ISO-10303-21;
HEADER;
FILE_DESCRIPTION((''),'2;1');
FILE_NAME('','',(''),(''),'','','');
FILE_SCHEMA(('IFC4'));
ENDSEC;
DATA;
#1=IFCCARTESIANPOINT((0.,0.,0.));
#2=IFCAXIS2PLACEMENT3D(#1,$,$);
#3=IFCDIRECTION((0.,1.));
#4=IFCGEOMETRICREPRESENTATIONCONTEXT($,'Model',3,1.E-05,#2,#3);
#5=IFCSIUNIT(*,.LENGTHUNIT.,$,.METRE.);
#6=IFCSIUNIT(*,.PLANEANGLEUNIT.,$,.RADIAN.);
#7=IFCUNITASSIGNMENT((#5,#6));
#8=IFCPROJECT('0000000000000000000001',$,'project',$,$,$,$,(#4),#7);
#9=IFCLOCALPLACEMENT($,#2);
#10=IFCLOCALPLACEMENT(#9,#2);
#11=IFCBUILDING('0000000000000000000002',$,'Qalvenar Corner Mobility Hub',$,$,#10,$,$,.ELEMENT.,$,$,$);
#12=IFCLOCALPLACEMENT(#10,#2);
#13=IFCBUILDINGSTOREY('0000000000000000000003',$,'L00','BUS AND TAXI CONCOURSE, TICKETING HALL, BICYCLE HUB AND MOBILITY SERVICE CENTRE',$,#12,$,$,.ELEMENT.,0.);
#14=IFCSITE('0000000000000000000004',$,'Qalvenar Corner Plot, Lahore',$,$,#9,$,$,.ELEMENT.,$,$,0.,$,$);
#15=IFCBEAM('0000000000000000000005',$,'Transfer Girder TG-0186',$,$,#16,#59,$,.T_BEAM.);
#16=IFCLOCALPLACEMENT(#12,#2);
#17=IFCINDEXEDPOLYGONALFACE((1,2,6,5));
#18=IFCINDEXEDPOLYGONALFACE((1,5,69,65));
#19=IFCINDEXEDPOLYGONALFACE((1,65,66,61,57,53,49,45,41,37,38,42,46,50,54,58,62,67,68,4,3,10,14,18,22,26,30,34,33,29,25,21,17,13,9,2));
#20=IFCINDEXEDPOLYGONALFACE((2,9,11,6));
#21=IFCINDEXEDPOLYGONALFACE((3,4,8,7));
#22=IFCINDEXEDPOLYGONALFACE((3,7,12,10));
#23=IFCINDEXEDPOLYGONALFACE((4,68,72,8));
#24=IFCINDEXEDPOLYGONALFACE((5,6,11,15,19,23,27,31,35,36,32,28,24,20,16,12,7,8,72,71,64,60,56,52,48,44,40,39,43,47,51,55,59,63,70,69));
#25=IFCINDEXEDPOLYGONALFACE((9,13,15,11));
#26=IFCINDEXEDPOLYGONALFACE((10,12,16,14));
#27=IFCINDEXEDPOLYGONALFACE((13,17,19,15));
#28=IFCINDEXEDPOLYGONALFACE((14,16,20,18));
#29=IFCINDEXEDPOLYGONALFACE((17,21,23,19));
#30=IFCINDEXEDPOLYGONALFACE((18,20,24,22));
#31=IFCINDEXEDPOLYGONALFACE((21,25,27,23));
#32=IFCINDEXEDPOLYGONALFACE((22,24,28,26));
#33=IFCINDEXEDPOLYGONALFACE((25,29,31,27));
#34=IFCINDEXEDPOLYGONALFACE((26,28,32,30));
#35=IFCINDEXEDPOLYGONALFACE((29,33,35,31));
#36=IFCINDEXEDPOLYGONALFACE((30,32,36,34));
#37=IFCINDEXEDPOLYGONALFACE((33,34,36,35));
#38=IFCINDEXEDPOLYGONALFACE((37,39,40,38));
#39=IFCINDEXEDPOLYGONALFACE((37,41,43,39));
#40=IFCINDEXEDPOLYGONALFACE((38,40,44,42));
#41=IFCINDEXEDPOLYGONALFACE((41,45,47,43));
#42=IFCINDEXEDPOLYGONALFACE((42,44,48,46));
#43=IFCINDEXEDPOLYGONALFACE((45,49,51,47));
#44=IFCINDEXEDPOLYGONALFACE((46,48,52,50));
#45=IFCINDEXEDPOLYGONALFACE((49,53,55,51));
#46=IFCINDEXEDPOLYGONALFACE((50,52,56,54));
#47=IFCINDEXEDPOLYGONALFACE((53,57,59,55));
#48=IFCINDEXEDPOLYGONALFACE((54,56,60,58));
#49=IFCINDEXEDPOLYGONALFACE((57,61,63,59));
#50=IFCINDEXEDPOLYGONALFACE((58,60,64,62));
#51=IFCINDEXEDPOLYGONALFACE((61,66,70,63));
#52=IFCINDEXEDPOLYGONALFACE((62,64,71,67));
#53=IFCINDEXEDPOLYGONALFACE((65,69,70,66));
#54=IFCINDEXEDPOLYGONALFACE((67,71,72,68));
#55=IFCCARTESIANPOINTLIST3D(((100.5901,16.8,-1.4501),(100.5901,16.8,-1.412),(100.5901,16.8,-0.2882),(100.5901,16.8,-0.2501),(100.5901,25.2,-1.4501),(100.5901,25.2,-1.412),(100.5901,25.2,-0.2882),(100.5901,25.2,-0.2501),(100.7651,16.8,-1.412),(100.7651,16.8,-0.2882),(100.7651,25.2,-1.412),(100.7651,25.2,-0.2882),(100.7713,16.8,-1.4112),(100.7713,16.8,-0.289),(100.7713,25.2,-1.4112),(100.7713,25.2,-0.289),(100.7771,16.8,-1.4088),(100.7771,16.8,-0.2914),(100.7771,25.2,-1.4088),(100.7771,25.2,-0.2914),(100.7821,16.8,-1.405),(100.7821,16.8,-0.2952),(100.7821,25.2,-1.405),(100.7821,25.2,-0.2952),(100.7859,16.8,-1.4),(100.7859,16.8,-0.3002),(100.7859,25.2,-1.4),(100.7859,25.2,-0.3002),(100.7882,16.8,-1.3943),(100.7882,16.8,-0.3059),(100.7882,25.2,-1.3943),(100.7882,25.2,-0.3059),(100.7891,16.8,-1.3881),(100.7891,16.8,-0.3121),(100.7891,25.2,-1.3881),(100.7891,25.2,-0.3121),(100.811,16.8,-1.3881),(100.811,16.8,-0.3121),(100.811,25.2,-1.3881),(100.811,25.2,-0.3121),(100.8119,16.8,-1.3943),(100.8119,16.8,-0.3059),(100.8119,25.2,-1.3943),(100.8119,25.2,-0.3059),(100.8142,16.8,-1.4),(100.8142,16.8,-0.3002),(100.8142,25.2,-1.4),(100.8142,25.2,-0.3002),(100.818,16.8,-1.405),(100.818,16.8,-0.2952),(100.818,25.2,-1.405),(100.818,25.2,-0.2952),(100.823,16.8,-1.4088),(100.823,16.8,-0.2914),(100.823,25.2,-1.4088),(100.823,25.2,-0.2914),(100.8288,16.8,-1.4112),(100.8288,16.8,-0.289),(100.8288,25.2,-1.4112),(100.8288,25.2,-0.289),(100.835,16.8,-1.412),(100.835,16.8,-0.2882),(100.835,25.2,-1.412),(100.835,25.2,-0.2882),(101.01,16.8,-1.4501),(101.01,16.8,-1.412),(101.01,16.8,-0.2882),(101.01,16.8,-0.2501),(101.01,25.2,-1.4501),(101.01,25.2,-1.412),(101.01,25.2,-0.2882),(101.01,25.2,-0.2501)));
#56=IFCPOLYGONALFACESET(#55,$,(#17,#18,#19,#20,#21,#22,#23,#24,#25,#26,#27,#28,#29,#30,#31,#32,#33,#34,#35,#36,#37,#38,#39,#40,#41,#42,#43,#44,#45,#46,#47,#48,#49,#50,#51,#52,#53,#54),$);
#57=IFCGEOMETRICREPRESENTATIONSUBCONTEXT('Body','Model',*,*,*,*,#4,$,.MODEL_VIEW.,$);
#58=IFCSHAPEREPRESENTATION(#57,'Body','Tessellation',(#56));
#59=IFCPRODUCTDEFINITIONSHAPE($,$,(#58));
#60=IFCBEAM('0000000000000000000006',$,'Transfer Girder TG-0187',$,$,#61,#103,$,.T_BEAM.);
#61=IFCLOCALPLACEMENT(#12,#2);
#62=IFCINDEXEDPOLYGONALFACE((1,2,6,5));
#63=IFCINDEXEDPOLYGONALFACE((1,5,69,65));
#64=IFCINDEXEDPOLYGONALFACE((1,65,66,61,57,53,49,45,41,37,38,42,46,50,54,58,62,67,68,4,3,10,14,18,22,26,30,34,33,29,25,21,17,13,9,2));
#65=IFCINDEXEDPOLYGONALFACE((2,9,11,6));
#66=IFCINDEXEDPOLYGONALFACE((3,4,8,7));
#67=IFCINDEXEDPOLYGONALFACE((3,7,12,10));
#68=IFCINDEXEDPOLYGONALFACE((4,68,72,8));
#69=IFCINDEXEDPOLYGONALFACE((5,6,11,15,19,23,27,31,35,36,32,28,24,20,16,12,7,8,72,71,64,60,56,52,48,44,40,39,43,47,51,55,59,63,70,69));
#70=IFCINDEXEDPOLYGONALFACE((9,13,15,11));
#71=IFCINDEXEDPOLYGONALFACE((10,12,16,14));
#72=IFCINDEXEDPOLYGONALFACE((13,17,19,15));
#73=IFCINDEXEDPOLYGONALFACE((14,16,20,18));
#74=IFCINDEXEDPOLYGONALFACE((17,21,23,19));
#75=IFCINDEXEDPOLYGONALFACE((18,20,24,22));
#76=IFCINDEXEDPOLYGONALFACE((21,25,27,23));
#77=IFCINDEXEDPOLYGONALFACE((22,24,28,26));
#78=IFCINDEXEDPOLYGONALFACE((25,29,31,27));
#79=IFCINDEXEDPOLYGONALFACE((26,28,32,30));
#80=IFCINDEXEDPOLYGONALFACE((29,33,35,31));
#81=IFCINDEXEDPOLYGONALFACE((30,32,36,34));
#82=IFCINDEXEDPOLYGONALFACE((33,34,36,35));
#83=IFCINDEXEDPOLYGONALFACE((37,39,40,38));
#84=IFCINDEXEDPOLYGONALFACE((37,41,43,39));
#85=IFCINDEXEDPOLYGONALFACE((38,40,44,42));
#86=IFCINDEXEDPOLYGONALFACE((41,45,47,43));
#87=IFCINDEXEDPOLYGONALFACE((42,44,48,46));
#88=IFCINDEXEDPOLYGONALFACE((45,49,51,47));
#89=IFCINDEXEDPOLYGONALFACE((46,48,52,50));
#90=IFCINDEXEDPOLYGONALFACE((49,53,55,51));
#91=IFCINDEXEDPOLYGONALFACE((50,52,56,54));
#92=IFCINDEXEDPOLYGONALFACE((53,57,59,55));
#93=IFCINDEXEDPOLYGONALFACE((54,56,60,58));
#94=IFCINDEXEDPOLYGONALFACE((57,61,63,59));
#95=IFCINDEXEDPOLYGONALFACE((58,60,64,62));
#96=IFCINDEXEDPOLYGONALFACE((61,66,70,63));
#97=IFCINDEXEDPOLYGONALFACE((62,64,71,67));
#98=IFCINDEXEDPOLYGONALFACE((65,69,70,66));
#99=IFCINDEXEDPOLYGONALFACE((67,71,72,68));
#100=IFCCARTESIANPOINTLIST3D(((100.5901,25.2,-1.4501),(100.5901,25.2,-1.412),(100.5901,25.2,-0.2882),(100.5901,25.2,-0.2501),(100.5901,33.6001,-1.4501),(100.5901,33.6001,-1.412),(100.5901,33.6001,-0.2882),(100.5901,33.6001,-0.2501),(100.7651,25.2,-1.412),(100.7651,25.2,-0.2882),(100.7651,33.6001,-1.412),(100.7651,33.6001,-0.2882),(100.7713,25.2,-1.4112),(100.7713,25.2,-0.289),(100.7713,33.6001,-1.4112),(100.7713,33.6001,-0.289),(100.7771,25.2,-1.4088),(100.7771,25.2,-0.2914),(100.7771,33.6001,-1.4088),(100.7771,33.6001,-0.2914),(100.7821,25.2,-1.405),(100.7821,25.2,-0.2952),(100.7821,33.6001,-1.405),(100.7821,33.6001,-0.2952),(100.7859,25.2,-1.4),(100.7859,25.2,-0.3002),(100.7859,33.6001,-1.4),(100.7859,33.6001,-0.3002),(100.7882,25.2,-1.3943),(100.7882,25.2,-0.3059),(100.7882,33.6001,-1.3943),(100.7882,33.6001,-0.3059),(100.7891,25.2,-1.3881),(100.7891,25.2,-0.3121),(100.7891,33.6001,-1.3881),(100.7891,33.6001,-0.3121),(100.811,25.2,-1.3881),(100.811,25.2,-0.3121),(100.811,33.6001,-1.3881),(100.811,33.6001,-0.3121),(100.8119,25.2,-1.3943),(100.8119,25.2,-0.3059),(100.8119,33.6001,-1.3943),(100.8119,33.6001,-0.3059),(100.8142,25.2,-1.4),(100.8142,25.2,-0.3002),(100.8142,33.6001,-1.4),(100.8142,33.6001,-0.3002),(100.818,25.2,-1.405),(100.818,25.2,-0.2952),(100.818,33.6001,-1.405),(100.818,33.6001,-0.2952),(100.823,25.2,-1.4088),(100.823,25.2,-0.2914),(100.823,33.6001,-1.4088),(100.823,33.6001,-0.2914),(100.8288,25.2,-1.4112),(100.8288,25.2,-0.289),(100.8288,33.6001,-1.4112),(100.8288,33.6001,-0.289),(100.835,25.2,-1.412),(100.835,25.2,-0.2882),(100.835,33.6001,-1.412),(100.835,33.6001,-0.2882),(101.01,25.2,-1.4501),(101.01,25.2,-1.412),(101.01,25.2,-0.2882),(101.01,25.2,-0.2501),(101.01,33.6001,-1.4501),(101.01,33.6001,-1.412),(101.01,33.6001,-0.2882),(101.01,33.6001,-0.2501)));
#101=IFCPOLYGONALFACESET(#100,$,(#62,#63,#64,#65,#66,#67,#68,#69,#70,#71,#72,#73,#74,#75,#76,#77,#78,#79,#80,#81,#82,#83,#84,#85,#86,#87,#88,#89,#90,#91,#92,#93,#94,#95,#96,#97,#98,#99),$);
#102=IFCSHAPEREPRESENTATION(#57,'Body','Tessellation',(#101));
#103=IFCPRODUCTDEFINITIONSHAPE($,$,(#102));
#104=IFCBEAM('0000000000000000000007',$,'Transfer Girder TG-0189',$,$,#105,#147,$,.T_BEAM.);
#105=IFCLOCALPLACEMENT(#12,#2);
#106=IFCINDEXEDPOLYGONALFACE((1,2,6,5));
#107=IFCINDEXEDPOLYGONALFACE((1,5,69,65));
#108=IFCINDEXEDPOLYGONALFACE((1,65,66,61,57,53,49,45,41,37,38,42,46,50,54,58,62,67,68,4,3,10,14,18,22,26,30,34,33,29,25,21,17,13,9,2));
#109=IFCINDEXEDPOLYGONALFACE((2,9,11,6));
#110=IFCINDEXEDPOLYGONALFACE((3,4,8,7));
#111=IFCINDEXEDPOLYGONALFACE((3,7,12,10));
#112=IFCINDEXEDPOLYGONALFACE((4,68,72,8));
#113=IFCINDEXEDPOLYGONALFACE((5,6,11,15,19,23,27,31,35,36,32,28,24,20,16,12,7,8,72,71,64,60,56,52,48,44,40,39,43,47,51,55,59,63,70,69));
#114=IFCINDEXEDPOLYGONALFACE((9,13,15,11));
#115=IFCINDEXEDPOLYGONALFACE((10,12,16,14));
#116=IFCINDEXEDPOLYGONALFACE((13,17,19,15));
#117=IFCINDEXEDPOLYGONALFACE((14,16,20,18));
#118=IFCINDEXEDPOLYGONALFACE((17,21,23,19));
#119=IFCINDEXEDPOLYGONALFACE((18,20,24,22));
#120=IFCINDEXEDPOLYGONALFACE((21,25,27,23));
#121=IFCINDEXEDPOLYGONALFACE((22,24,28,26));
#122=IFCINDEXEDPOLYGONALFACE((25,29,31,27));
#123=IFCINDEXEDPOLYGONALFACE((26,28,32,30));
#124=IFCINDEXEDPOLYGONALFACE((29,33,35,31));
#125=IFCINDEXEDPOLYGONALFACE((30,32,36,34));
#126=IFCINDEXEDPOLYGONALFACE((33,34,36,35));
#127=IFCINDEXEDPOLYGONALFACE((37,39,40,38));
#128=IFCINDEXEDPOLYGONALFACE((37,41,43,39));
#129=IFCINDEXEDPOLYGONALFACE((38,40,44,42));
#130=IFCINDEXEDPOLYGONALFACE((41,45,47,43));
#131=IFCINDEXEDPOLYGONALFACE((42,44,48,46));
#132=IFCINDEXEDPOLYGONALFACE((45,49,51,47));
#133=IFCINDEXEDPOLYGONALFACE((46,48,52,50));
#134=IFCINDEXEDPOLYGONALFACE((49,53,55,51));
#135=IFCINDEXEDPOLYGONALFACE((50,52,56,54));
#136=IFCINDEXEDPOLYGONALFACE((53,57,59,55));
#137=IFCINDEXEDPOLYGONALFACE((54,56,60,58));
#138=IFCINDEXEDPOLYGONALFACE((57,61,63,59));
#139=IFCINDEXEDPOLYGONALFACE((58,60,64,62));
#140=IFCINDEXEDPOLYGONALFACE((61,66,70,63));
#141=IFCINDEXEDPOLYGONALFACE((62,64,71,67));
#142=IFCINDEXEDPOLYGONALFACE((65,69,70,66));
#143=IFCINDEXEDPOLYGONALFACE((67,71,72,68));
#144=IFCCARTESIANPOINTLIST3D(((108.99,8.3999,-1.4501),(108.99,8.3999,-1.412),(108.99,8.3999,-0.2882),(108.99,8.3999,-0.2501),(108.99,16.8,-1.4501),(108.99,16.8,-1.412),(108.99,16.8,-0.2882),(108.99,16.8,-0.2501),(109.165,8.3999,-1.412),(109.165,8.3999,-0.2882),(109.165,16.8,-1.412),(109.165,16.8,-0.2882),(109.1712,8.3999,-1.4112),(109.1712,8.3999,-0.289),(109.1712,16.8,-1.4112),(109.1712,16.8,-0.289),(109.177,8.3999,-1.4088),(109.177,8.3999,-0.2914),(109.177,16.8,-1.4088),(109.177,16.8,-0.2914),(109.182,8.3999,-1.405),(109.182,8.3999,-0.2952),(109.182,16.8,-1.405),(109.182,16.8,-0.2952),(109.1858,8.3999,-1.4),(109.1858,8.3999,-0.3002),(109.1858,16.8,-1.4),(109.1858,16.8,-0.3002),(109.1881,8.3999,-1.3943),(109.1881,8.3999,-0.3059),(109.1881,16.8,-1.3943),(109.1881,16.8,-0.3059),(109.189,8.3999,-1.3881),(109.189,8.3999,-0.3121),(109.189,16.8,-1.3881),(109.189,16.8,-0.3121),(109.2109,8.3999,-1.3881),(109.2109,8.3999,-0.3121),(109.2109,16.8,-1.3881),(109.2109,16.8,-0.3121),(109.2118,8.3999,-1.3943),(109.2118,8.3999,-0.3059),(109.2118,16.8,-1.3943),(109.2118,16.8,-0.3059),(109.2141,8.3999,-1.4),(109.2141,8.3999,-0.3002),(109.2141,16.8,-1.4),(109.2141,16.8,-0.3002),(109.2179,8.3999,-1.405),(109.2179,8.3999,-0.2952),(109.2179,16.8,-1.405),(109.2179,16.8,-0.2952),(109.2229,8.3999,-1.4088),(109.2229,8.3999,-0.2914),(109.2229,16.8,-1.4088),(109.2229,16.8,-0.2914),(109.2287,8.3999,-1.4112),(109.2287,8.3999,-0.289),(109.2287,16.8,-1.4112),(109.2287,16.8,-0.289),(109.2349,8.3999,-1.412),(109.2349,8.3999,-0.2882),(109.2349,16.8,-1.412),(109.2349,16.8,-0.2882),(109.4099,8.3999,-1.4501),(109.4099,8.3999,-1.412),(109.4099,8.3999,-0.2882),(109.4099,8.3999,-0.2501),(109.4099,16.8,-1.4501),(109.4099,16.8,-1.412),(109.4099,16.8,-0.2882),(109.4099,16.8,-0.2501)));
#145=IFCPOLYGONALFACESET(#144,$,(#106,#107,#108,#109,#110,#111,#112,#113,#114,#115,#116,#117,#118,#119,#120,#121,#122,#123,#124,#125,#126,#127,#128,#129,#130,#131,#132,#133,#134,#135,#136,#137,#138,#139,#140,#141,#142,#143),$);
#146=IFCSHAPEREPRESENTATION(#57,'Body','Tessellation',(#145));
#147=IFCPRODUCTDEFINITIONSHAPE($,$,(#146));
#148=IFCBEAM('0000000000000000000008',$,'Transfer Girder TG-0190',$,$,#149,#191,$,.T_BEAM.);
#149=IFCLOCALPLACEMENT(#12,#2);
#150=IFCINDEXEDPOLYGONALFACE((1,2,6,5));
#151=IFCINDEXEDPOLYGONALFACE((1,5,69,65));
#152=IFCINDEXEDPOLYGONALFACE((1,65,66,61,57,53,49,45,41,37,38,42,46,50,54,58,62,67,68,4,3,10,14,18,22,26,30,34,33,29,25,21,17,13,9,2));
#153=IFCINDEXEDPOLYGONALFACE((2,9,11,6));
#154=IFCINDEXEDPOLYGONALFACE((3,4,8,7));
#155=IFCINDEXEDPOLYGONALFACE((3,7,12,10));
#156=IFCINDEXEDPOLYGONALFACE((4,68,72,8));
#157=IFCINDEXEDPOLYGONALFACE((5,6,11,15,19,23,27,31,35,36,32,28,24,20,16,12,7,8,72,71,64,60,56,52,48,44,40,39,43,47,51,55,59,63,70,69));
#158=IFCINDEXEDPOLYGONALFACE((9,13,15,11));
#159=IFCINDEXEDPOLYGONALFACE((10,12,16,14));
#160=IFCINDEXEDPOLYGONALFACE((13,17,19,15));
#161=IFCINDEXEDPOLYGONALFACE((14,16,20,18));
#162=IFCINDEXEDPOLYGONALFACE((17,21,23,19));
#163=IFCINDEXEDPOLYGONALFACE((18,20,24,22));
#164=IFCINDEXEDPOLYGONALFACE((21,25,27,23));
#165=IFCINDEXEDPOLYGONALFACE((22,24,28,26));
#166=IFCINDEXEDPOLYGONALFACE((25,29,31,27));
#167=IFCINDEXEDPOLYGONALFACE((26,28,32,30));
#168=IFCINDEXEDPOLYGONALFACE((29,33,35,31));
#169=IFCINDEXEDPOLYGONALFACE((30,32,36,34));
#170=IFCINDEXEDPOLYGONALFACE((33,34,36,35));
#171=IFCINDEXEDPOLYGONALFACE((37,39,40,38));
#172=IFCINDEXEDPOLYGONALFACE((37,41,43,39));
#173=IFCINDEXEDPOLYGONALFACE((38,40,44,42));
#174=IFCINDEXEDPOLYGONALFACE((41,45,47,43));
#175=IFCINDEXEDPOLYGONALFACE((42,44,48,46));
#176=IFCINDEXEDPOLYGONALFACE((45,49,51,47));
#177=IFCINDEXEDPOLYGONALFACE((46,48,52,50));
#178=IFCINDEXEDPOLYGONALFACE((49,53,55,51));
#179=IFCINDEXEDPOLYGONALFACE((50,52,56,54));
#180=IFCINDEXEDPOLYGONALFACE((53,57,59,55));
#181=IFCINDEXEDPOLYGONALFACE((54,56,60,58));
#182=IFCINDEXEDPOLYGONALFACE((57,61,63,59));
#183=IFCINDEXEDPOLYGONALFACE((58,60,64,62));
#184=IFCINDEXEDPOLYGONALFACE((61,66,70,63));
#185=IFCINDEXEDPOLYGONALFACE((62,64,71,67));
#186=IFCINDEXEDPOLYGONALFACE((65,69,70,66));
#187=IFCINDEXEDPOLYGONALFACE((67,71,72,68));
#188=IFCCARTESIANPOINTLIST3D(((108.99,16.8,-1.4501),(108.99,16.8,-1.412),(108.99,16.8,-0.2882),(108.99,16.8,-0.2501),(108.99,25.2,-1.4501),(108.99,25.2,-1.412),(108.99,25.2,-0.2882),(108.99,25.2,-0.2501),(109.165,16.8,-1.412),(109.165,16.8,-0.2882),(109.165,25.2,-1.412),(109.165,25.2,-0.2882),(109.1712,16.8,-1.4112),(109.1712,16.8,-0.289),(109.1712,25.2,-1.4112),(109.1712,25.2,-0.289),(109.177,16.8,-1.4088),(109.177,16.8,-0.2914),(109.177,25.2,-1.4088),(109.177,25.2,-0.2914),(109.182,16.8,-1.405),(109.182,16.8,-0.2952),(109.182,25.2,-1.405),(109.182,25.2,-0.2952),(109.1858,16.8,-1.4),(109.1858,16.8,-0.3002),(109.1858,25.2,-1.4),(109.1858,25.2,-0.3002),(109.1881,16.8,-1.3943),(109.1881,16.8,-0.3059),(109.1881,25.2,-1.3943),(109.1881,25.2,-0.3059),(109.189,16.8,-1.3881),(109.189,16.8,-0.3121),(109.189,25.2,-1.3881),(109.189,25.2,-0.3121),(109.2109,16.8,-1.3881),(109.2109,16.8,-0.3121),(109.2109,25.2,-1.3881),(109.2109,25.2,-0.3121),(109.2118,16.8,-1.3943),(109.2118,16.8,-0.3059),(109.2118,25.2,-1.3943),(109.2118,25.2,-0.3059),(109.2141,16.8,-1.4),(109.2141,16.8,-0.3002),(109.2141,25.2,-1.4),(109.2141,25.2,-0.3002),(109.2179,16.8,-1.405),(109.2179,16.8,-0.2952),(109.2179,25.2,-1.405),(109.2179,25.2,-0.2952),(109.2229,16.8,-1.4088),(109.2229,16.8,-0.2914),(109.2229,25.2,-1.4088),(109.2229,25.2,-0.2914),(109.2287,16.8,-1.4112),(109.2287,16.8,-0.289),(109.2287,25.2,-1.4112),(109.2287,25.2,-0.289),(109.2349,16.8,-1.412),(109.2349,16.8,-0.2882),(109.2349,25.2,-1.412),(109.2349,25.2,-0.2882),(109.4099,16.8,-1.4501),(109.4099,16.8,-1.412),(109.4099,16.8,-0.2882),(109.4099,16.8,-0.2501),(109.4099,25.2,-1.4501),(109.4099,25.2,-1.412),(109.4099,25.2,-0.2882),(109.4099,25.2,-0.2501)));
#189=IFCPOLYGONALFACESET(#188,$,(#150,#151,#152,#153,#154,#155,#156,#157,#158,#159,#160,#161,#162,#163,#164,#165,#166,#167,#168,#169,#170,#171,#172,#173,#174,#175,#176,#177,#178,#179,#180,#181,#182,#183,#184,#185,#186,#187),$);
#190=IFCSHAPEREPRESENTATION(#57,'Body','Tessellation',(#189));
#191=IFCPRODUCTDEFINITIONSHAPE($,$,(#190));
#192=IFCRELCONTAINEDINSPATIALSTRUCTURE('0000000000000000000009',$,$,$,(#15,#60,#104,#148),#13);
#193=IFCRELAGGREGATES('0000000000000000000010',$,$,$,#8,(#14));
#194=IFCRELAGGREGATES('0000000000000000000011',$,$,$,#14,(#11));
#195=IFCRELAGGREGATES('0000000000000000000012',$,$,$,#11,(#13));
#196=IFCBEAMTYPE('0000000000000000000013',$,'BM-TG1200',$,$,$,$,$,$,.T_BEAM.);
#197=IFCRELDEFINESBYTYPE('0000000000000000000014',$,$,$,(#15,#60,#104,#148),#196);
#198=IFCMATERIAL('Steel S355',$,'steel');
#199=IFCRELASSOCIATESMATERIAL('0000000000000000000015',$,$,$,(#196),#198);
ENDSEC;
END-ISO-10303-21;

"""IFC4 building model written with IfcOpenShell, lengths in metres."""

from ifc_helpers import new_model, si_unit, direction, frame, origin, origin_2d, place, context, subcontext, project, spatial, i_section, extrude, material, material_profile, profile_set, type_object, element, save


model = new_model("IFC4")

# Units and contexts
model_context = context("Model", 3, precision=1e-05, world=origin(), true_north=direction((0.0, 1.0)))
body_context = subcontext(model_context, "Body", "Model", "MODEL_VIEW")
ifc_project = project(units=[si_unit("LENGTHUNIT", "METRE"), si_unit("PLANEANGLEUNIT", "RADIAN")], contexts=[model_context])

# Site, building, storey
site_placement = place(None, origin())
site = spatial("IfcSite", under=ifc_project, at=site_placement, Name="Qalvenar Corner Plot, Lahore", CompositionType="ELEMENT", RefElevation=0.0)
building_placement = place(site_placement, origin())
building = spatial("IfcBuilding", under=site, at=building_placement, Name="Qalvenar Corner Mobility Hub", CompositionType="ELEMENT")
storey_placement = place(building_placement, origin())
storey = spatial("IfcBuildingStorey", under=building, at=storey_placement, Name="L00", Description="BUS AND TAXI CONCOURSE, TICKETING HALL, BICYCLE HUB AND MOBILITY SERVICE CENTRE", CompositionType="ELEMENT", Elevation=0.0)

# Shared definitions
ifc_material_1 = material(Name="Steel S355", Category="steel")

# Beams
ifc_material_profile_1 = material_profile(ifc_material_1, i_section(OverallWidth=0.4199, OverallDepth=1.2, WebThickness=0.022, FlangeThickness=0.0381, FilletRadius=0.0239, at=origin_2d()), Name="W1100x390-TG1200")
ifc_profile_set_1 = profile_set([ifc_material_profile_1], Name="Steel S355")
beam_type_1 = type_object("IfcBeamType", Name="BM-TG1200", PredefinedType="T_BEAM", material=ifc_profile_set_1)
beam_1_placement = place(storey_placement, frame((100.8, 16.8, -0.8501), z_axis=(0.0, 1.0, 0.0), x_axis=(-1.0, 0.0, 0.0)))
element("IfcBeam", 1, at=beam_1_placement, inside=storey, type_object=beam_type_1, Name="Transfer Girder TG-0186", PredefinedType="T_BEAM", context=body_context, shape_type="SweptSolid", body=[
    extrude(i_section(OverallWidth=0.4199, OverallDepth=1.2, WebThickness=0.022, FlangeThickness=0.0381, FilletRadius=0.0239, at=origin_2d()), origin(), (0.0, 0.0, 1.0), 8.3999),
])
for number, where, z_axis, x_axis, name in (
    (2, (100.8, 25.2, -0.8501), (0.0, 1.0, 0.0), (-1.0, 0.0, 0.0), "Transfer Girder TG-0187"),
    (3, (109.2, 8.3999, -0.8501), (0.0, 1.0, 0.0), (-1.0, 0.0, 0.0), "Transfer Girder TG-0189"),
):
    element("IfcBeam", number, at=place(storey_placement, frame(where, z_axis=z_axis, x_axis=x_axis)), inside=storey, type_object=beam_type_1, Name=name, PredefinedType="T_BEAM", context=body_context, shape_type="SweptSolid", body=[
        extrude(i_section(OverallWidth=0.4199, OverallDepth=1.2, WebThickness=0.022, FlangeThickness=0.0381, FilletRadius=0.0239, at=origin_2d()), origin(), (0.0, 0.0, 1.0), 8.4001),
    ])
beam_2_placement = place(storey_placement, frame((109.2, 16.8, -0.8501), z_axis=(0.0, 1.0, 0.0), x_axis=(-1.0, 0.0, 0.0)))
element("IfcBeam", 4, at=beam_2_placement, inside=storey, type_object=beam_type_1, Name="Transfer Girder TG-0190", PredefinedType="T_BEAM", context=body_context, shape_type="SweptSolid", body=[
    extrude(i_section(OverallWidth=0.4199, OverallDepth=1.2, WebThickness=0.022, FlangeThickness=0.0381, FilletRadius=0.0239, at=origin_2d()), origin(), (0.0, 0.0, 1.0), 8.3999),
])

save(model, "model.ifc")
